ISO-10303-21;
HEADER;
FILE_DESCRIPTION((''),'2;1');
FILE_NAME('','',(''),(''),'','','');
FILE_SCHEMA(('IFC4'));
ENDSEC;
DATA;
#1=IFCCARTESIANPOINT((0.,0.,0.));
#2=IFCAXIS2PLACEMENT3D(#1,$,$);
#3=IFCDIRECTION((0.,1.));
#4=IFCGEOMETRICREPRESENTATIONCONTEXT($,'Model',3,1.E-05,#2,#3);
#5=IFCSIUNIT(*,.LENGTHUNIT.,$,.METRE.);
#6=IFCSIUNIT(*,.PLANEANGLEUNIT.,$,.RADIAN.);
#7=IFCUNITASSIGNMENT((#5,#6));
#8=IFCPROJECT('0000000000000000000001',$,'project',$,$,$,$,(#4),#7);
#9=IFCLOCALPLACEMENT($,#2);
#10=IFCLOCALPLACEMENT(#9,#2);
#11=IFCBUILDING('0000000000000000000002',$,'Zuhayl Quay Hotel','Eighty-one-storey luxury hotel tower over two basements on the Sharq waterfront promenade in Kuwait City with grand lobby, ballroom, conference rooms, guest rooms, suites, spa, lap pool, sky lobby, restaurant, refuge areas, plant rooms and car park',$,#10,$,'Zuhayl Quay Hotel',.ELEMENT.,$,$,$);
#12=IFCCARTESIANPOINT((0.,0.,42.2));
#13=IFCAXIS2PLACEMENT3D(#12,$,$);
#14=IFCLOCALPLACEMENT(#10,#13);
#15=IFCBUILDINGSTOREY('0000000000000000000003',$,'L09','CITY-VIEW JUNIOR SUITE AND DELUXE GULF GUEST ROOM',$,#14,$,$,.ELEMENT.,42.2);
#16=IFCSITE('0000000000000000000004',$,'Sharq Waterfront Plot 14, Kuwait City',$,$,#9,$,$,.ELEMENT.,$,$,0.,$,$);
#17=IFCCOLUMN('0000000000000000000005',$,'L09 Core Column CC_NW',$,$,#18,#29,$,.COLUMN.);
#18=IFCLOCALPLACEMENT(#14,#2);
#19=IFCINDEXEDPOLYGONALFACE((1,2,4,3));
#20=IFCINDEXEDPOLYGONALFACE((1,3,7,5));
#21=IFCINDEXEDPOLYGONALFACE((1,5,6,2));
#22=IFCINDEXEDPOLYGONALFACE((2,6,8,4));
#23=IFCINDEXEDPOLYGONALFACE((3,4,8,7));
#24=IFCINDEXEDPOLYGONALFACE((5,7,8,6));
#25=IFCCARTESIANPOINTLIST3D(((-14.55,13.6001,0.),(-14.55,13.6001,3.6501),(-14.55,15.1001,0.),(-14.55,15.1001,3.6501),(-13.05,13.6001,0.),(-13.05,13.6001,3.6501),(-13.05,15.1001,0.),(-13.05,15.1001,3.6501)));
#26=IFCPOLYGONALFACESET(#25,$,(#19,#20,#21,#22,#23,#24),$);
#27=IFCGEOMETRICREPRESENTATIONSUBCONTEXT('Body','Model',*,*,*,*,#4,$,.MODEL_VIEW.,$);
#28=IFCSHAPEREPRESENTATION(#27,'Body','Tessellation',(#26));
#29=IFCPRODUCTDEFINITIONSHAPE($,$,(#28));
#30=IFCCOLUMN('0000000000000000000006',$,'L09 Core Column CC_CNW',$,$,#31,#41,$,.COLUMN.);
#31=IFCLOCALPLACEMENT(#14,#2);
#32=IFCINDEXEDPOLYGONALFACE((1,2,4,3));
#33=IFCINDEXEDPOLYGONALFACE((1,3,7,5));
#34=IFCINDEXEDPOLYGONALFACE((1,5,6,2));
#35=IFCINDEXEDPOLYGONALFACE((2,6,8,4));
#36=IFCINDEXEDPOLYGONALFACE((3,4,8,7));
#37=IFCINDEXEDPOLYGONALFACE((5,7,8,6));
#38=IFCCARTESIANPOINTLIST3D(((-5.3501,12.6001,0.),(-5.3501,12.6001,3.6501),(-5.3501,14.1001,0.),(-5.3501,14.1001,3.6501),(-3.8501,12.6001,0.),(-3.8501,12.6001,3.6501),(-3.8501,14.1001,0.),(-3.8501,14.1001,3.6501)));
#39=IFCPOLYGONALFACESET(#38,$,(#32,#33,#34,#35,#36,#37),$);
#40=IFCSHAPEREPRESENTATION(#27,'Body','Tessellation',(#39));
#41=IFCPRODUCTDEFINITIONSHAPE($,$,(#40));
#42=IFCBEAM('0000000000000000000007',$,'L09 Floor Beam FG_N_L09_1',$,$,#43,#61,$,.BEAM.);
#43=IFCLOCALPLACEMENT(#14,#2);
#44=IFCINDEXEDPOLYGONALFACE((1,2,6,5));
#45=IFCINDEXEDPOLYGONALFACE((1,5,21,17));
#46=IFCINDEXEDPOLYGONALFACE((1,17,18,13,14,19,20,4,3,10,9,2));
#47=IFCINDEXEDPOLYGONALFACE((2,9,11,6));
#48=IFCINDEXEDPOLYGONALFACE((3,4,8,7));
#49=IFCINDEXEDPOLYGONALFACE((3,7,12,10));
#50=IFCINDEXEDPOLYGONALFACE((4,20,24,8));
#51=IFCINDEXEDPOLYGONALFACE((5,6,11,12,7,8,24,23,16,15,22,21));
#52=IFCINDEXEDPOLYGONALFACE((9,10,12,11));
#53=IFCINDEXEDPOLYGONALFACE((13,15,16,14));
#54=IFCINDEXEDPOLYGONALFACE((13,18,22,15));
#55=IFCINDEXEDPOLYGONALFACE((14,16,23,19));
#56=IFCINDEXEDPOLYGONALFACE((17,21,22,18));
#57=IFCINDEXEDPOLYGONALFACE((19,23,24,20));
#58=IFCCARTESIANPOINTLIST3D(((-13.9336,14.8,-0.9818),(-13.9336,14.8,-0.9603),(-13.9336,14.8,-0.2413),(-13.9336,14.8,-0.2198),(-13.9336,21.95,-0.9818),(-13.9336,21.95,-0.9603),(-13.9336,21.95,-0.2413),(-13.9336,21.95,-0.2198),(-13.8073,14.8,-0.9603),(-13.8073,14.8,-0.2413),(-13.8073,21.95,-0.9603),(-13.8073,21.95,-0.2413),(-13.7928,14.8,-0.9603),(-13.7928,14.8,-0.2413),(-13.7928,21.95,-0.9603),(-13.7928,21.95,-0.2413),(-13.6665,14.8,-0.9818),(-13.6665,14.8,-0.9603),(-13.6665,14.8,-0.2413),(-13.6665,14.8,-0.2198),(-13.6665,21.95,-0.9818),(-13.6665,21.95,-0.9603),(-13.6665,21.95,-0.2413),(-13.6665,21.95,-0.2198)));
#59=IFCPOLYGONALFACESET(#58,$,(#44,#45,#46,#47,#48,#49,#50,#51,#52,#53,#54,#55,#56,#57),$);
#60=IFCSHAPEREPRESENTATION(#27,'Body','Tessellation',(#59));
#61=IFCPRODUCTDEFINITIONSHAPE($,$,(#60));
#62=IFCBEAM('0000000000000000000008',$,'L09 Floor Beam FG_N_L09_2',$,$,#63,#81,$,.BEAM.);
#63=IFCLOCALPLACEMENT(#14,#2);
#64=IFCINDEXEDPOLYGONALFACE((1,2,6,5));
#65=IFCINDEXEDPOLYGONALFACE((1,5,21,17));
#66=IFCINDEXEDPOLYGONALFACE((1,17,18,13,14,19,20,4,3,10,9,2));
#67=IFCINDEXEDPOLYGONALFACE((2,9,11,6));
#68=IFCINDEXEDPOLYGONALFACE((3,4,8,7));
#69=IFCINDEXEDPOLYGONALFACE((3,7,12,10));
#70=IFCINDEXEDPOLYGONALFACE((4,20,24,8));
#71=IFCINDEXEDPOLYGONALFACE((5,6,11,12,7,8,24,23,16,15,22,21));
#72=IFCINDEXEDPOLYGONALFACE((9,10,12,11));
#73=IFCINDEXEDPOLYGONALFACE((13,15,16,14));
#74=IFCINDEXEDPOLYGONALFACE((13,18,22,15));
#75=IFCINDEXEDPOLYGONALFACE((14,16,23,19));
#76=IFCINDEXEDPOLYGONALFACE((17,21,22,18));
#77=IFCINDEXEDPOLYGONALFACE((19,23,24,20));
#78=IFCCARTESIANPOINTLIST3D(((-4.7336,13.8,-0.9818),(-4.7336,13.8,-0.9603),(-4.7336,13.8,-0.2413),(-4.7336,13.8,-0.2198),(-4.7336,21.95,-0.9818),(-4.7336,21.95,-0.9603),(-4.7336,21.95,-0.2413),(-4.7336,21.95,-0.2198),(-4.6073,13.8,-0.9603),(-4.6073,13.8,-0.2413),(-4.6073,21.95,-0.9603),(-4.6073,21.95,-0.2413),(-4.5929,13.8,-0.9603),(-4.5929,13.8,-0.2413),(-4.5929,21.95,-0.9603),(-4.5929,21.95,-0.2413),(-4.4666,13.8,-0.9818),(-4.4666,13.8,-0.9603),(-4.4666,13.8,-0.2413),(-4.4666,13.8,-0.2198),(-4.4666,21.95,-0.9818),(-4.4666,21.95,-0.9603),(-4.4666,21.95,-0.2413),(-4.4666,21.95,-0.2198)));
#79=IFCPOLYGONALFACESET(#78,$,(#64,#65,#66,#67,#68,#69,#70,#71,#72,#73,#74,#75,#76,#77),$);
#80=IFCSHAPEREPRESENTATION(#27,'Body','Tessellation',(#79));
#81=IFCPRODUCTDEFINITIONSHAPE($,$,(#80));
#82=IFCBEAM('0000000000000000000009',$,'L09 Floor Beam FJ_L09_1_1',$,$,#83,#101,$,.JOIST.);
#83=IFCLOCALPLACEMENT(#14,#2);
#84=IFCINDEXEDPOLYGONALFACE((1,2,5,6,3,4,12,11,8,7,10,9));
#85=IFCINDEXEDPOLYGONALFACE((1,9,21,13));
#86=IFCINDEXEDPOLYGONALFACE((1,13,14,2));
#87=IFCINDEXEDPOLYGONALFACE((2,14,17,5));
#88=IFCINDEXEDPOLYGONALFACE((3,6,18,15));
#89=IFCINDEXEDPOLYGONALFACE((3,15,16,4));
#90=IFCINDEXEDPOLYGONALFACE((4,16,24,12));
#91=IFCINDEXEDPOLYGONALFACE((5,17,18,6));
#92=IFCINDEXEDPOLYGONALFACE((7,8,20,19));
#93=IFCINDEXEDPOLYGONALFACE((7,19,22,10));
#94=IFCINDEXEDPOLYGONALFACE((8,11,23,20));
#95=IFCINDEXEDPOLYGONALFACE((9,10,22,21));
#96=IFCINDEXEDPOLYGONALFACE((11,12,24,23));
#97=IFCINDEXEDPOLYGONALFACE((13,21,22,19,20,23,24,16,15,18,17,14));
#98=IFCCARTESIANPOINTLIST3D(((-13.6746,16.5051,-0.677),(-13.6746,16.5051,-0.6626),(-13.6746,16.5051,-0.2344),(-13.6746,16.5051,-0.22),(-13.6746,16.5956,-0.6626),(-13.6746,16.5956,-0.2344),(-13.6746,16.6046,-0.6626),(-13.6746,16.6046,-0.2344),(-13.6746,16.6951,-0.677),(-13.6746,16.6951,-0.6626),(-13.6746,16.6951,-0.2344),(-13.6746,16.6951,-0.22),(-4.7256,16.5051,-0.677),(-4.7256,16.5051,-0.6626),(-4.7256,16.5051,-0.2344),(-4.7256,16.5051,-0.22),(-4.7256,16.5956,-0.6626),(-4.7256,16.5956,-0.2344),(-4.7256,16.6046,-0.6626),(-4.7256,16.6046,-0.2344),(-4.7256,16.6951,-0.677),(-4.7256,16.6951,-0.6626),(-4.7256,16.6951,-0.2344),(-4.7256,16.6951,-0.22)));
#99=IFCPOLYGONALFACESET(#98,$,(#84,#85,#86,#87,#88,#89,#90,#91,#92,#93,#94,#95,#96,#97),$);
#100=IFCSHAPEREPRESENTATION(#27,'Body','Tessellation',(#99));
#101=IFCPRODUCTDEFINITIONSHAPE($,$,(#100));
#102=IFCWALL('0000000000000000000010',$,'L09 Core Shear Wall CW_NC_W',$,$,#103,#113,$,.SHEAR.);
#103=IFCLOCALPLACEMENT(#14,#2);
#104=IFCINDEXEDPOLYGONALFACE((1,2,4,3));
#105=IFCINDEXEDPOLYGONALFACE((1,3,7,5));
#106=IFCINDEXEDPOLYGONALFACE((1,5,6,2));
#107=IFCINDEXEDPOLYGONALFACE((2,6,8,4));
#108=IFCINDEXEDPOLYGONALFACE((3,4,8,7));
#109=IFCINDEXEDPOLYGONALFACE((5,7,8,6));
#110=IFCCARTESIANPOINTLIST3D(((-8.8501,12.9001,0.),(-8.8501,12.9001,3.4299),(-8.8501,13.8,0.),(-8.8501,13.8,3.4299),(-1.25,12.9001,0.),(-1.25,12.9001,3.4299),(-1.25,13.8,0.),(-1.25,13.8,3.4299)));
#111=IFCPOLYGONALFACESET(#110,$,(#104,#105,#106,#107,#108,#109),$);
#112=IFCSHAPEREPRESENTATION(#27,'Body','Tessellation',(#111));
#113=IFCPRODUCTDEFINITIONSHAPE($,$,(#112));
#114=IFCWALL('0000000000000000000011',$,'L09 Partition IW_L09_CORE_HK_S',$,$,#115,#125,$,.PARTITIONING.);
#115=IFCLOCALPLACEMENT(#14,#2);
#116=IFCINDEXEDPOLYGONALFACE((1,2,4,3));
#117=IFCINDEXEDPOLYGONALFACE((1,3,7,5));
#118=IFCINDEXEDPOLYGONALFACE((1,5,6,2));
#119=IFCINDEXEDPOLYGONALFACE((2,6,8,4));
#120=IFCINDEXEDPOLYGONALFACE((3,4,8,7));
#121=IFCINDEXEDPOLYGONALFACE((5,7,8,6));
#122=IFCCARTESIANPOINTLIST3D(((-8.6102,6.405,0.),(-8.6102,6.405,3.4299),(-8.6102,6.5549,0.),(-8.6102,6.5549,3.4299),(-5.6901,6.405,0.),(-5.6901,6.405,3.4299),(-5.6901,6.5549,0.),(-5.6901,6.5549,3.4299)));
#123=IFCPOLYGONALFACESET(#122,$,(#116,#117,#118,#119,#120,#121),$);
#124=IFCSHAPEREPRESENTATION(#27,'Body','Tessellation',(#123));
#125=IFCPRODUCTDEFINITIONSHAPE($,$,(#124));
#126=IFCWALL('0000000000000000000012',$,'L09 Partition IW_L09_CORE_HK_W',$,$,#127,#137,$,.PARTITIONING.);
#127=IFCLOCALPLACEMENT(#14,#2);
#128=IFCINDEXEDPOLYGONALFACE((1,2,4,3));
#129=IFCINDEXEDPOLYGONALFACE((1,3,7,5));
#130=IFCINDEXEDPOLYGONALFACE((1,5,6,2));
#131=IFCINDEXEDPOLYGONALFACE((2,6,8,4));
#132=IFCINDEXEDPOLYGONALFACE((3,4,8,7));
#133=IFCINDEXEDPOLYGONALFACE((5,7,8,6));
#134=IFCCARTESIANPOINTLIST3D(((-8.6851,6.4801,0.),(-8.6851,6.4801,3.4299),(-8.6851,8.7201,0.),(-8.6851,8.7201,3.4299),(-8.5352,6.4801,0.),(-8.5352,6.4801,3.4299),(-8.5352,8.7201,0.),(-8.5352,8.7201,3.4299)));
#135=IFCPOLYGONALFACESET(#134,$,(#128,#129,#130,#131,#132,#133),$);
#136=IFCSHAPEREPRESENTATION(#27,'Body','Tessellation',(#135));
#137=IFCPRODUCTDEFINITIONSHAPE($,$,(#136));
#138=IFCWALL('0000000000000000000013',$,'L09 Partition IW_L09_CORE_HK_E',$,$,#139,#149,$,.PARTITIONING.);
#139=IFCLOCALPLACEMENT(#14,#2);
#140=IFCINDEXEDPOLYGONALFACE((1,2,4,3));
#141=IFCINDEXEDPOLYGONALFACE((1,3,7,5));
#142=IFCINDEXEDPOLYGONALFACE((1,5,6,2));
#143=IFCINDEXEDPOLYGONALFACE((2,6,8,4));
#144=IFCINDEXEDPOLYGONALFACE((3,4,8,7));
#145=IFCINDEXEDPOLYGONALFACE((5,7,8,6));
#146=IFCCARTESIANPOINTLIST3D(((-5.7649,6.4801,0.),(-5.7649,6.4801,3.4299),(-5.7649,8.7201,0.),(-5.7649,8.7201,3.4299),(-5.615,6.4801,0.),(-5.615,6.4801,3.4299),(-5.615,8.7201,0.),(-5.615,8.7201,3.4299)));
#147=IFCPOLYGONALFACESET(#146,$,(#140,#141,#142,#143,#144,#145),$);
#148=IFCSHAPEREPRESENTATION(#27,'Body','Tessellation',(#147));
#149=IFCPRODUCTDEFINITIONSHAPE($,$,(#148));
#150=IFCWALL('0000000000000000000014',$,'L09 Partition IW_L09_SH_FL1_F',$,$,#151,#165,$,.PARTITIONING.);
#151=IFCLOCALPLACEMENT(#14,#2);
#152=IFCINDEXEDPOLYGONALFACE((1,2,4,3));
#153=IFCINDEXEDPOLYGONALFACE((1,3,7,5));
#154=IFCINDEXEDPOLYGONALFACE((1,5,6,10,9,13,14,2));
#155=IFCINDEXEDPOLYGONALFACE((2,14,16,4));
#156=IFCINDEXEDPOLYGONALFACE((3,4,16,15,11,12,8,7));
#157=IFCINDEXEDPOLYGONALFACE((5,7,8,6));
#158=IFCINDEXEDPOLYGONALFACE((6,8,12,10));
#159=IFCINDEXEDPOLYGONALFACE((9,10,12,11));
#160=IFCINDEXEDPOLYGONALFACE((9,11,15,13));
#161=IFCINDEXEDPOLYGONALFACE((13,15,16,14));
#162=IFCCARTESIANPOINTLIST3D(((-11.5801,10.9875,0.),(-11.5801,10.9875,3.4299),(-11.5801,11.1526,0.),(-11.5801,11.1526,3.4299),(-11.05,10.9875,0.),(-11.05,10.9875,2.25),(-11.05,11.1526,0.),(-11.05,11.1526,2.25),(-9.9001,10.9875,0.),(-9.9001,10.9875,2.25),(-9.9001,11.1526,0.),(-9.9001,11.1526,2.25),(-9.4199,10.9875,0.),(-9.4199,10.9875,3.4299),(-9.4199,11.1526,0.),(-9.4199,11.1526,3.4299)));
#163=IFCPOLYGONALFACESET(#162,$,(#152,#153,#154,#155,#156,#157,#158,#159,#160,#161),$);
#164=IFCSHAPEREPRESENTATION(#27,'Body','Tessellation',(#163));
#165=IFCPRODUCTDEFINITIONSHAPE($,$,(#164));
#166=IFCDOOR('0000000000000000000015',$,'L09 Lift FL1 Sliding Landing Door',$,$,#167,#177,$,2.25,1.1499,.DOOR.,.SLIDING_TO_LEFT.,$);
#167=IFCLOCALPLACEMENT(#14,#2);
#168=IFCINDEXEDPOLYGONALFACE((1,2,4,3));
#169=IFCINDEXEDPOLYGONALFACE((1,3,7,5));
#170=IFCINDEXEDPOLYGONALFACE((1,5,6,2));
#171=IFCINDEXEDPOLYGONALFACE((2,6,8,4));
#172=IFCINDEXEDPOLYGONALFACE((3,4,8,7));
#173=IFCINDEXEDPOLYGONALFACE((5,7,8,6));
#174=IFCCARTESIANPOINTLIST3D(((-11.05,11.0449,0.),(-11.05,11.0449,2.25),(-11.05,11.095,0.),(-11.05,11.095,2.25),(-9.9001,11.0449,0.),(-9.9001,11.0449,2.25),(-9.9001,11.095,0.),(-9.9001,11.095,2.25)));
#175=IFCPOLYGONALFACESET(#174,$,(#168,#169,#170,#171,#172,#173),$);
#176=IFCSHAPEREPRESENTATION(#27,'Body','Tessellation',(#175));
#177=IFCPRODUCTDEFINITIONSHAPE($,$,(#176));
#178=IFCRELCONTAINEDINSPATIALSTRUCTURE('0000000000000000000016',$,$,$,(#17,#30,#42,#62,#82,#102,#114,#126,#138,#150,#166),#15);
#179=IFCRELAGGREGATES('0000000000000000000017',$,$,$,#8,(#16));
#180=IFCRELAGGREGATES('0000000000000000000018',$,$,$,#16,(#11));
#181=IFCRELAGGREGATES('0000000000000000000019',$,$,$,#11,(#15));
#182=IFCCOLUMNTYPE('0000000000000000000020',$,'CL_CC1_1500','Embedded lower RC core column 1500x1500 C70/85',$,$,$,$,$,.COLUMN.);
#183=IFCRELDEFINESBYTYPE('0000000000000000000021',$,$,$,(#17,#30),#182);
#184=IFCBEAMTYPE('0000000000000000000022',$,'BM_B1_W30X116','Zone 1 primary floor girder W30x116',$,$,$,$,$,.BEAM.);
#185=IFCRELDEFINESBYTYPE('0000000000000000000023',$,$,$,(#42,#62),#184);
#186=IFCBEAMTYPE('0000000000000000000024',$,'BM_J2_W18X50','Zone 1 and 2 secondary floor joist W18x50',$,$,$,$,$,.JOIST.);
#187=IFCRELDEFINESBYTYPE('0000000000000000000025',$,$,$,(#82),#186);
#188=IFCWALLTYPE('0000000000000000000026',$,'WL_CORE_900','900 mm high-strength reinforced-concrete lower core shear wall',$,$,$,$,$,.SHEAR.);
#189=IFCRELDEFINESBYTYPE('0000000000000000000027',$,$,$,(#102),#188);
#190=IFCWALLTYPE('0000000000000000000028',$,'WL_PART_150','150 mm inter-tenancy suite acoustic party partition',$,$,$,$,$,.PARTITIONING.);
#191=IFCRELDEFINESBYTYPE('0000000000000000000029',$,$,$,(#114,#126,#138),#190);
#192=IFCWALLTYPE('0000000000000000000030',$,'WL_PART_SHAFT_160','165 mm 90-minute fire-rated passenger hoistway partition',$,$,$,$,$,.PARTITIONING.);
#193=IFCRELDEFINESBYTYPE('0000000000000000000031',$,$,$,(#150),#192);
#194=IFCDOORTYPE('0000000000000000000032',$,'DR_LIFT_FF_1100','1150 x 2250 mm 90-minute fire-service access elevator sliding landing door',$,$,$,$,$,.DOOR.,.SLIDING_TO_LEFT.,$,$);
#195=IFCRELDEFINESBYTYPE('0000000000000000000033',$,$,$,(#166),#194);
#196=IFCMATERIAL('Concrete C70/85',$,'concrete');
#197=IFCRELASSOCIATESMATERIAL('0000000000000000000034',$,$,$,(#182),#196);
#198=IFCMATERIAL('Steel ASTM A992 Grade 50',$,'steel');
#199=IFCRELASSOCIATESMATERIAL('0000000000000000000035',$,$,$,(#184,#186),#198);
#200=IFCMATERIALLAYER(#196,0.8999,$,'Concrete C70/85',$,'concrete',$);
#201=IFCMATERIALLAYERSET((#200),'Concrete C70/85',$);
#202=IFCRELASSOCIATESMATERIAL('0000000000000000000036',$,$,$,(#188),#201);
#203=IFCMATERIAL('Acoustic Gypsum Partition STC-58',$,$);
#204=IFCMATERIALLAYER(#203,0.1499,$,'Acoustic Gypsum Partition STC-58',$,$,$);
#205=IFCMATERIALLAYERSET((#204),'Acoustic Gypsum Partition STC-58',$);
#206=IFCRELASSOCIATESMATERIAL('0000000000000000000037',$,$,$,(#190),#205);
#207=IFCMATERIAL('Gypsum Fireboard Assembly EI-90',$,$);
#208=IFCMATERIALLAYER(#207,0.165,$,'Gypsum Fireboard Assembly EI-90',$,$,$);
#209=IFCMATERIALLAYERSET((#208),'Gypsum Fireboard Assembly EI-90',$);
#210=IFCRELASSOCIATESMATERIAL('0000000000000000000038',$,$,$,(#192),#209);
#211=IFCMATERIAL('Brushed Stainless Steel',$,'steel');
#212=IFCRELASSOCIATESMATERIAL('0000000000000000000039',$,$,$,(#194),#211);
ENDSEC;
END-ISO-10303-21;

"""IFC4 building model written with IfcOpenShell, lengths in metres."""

from ifc_helpers import new_model, si_unit, direction, frame, frame_2d, origin, origin_2d, place, context, subcontext, project, spatial, rectangle, i_section, extrude, material, layer, layer_set, material_profile, profile_set, type_object, element, fill, save


model = new_model("IFC4")

# Units and contexts
model_context = context("Model", 3, precision=1e-05, world=origin(), true_north=direction((0.0, 1.0)))
body_context = subcontext(model_context, "Body", "Model", "MODEL_VIEW")
ifc_project = project(units=[si_unit("LENGTHUNIT", "METRE"), si_unit("PLANEANGLEUNIT", "RADIAN")], contexts=[model_context])

# Site, building, storey
site_placement = place(None, origin())
site = spatial("IfcSite", under=ifc_project, at=site_placement, Name="Sharq Waterfront Plot 14, Kuwait City", CompositionType="ELEMENT", RefElevation=0.0)
building_placement = place(site_placement, origin())
building = spatial("IfcBuilding", under=site, at=building_placement, Name="Zuhayl Quay Hotel", Description="Eighty-one-storey luxury hotel tower over two basements on the Sharq waterfront promenade in Kuwait City with grand lobby, ballroom, conference rooms, guest rooms, suites, spa, lap pool, sky lobby, restaurant, refuge areas, plant rooms and car park", LongName="Zuhayl Quay Hotel", CompositionType="ELEMENT")
storey_placement = place(building_placement, frame((0.0, 0.0, 42.2)))
storey = spatial("IfcBuildingStorey", under=building, at=storey_placement, Name="L09", Description="CITY-VIEW JUNIOR SUITE AND DELUXE GULF GUEST ROOM", CompositionType="ELEMENT", Elevation=42.2)

# Columns
ifc_material_1 = material(Name="Concrete C70/85", Category="concrete")
ifc_material_profile_1 = material_profile(ifc_material_1, rectangle(XDim=1.5, YDim=1.5, at=origin_2d()), Name="RC1500X1500")
ifc_profile_set_1 = profile_set([ifc_material_profile_1], Name="Concrete C70/85")
column_type = type_object("IfcColumnType", Name="CL_CC1_1500", Description="Embedded lower RC core column 1500x1500 C70/85", PredefinedType="COLUMN", material=ifc_profile_set_1)
for number, where, z_axis, x_axis, name in (
    (1, (-13.8, 14.3501, 0.0), (0.0, 0.0, 1.0), (1.0, 0.0, 0.0), "L09 Core Column CC_NW"),
    (2, (-4.6001, 13.3501, 0.0), (0.0, 0.0, 1.0), (1.0, 0.0, 0.0), "L09 Core Column CC_CNW"),
):
    element("IfcColumn", number, at=place(storey_placement, frame(where, z_axis=z_axis, x_axis=x_axis)), inside=storey, type_object=column_type, Name=name, PredefinedType="COLUMN", context=body_context, shape_type="SweptSolid", body=[
        extrude(rectangle(XDim=1.5, YDim=1.5, at=origin_2d()), origin(), (0.0, 0.0, 1.0), 3.6501),
    ])

# Beams
ifc_material_2 = material(Name="Steel ASTM A992 Grade 50", Category="steel")
ifc_material_profile_2 = material_profile(ifc_material_2, i_section(OverallWidth=0.2671, OverallDepth=0.762, WebThickness=0.0144, FlangeThickness=0.0215, at=origin_2d()), Name="W30X116")
ifc_profile_set_2 = profile_set([ifc_material_profile_2], Name="Steel ASTM A992 Grade 50")
beam_type_1 = type_object("IfcBeamType", Name="BM_B1_W30X116", Description="Zone 1 primary floor girder W30x116", PredefinedType="BEAM", material=ifc_profile_set_2)
beam_1_placement = place(storey_placement, frame((-13.8, 14.8, -0.6008), z_axis=(0.0, 1.0, 0.0), x_axis=(-1.0, 0.0, 0.0)))
element("IfcBeam", 3, at=beam_1_placement, inside=storey, type_object=beam_type_1, Name="L09 Floor Beam FG_N_L09_1", PredefinedType="BEAM", context=body_context, shape_type="SweptSolid", body=[
    extrude(i_section(OverallWidth=0.2671, OverallDepth=0.762, WebThickness=0.0144, FlangeThickness=0.0215, at=origin_2d()), origin(), (0.0, 0.0, 1.0), 7.1499),
])
beam_2_placement = place(storey_placement, frame((-4.6001, 13.8, -0.6008), z_axis=(0.0, 1.0, 0.0), x_axis=(-1.0, 0.0, 0.0)))
element("IfcBeam", 4, at=beam_2_placement, inside=storey, type_object=beam_type_1, Name="L09 Floor Beam FG_N_L09_2", PredefinedType="BEAM", context=body_context, shape_type="SweptSolid", body=[
    extrude(i_section(OverallWidth=0.2671, OverallDepth=0.762, WebThickness=0.0144, FlangeThickness=0.0215, at=origin_2d()), origin(), (0.0, 0.0, 1.0), 8.1499),
])
ifc_material_profile_3 = material_profile(ifc_material_2, i_section(OverallWidth=0.1899, OverallDepth=0.457, WebThickness=0.009, FlangeThickness=0.0144, at=origin_2d()), Name="W18X50")
ifc_profile_set_3 = profile_set([ifc_material_profile_3], Name="Steel ASTM A992 Grade 50")
beam_type_2 = type_object("IfcBeamType", Name="BM_J2_W18X50", Description="Zone 1 and 2 secondary floor joist W18x50", PredefinedType="JOIST", material=ifc_profile_set_3)
beam_3_placement = place(storey_placement, frame((-13.6746, 16.6001, -0.4485), z_axis=(1.0, 0.0, 0.0), x_axis=(0.0, 1.0, 0.0)))
element("IfcBeam", 5, at=beam_3_placement, inside=storey, type_object=beam_type_2, Name="L09 Floor Beam FJ_L09_1_1", PredefinedType="JOIST", context=body_context, shape_type="SweptSolid", body=[
    extrude(i_section(OverallWidth=0.1899, OverallDepth=0.457, WebThickness=0.009, FlangeThickness=0.0144, at=origin_2d()), origin(), (0.0, 0.0, 1.0), 8.949),
])

# Wall
ifc_layer_1 = layer(ifc_material_1, 0.8999, Name="Concrete C70/85", Category="concrete")
ifc_layer_set_1 = layer_set([ifc_layer_1], Name="Concrete C70/85")
wall_type_1 = type_object("IfcWallType", Name="WL_CORE_900", Description="900 mm high-strength reinforced-concrete lower core shear wall", PredefinedType="SHEAR", material=ifc_layer_set_1)
wall_1_placement = place(storey_placement, frame((-8.8501, 13.3501, 0.0), z_axis=(0.0, 0.0, 1.0), x_axis=(1.0, 0.0, 0.0)))
element("IfcWall", 6, at=wall_1_placement, inside=storey, type_object=wall_type_1, Name="L09 Core Shear Wall CW_NC_W", PredefinedType="SHEAR", context=body_context, shape_type="SweptSolid", body=[
    extrude(rectangle(XDim=7.6001, YDim=0.8999, at=frame_2d((3.8, 0.0))), origin(), (0.0, 0.0, 1.0), 3.4299),
])

# Shared definitions
ifc_material_3 = material(Name="Acoustic Gypsum Partition STC-58")
ifc_layer_2 = layer(ifc_material_3, 0.1499, Name="Acoustic Gypsum Partition STC-58")
ifc_layer_set_2 = layer_set([ifc_layer_2], Name="Acoustic Gypsum Partition STC-58")
wall_type_2 = type_object("IfcWallType", Name="WL_PART_150", Description="150 mm inter-tenancy suite acoustic party partition", PredefinedType="PARTITIONING", material=ifc_layer_set_2)

# Walls
wall_2_placement = place(storey_placement, frame((-8.6101, 6.48, 0.0), z_axis=(0.0, 0.0, 1.0), x_axis=(1.0, 0.0, 0.0)))
element("IfcWall", 7, at=wall_2_placement, inside=storey, type_object=wall_type_2, Name="L09 Partition IW_L09_CORE_HK_S", PredefinedType="PARTITIONING", context=body_context, shape_type="SweptSolid", body=[
    extrude(rectangle(XDim=2.9202, YDim=0.1499, at=frame_2d((1.46, 0.0))), origin(), (0.0, 0.0, 1.0), 3.4299),
])
for number, where, z_axis, x_axis, name in (
    (8, (-8.6101, 6.48, 0.0), (0.0, 0.0, 1.0), (0.0, 1.0, 0.0), "L09 Partition IW_L09_CORE_HK_W"),
    (9, (-5.6899, 6.48, 0.0), (0.0, 0.0, 1.0), (0.0, 1.0, 0.0), "L09 Partition IW_L09_CORE_HK_E"),
):
    element("IfcWall", number, at=place(storey_placement, frame(where, z_axis=z_axis, x_axis=x_axis)), inside=storey, type_object=wall_type_2, Name=name, PredefinedType="PARTITIONING", context=body_context, shape_type="SweptSolid", body=[
        extrude(rectangle(XDim=2.24, YDim=0.1499, at=frame_2d((1.1201, 0.0))), origin(), (0.0, 0.0, 1.0), 3.4299),
    ])

# Wall, opening, door
ifc_material_4 = material(Name="Gypsum Fireboard Assembly EI-90")
ifc_layer_3 = layer(ifc_material_4, 0.165, Name="Gypsum Fireboard Assembly EI-90")
ifc_layer_set_3 = layer_set([ifc_layer_3], Name="Gypsum Fireboard Assembly EI-90")
wall_type_3 = type_object("IfcWallType", Name="WL_PART_SHAFT_160", Description="165 mm 90-minute fire-rated passenger hoistway partition", PredefinedType="PARTITIONING", material=ifc_layer_set_3)
wall_3_placement = place(storey_placement, frame((-11.5801, 11.0701, 0.0), z_axis=(0.0, 0.0, 1.0), x_axis=(1.0, 0.0, 0.0)))
wall_3 = element("IfcWall", 10, at=wall_3_placement, inside=storey, type_object=wall_type_3, Name="L09 Partition IW_L09_SH_FL1_F", PredefinedType="PARTITIONING", context=body_context, shape_type="SweptSolid", body=[
    extrude(rectangle(XDim=2.1602, YDim=0.165, at=frame_2d((1.0801, 0.0))), origin(), (0.0, 0.0, 1.0), 3.4299),
])
opening_1_placement = place(wall_3_placement, frame((0.53, 0.0, 0.0)))
opening_1 = element("IfcOpeningElement", 11, at=opening_1_placement, cuts=wall_3, PredefinedType="OPENING", context=body_context, shape_type="SweptSolid", body=[
    extrude(rectangle(XDim=1.1499, YDim=2.25, at=frame_2d((0.575, 1.125))), frame((0.0, 0.0925, 0.0), z_axis=(0.0, -1.0, 0.0), x_axis=(1.0, 0.0, 0.0)), (0.0, 0.0, 1.0), 0.1851),
])
ifc_material_5 = material(Name="Brushed Stainless Steel", Category="steel")
door_type_1 = type_object("IfcDoorType", Name="DR_LIFT_FF_1100", Description="1150 x 2250 mm 90-minute fire-service access elevator sliding landing door", OperationType="SLIDING_TO_LEFT", PredefinedType="DOOR", material=ifc_material_5)
door_1_placement = place(opening_1_placement, origin())
door_1 = element("IfcDoor", 12, at=door_1_placement, inside=storey, type_object=door_type_1, Name="L09 Lift FL1 Sliding Landing Door", OperationType="SLIDING_TO_LEFT", OverallHeight=2.25, OverallWidth=1.1499, PredefinedType="DOOR", context=body_context, shape_type="SweptSolid", body=[
    extrude(rectangle(XDim=1.1499, YDim=2.25, at=frame_2d((0.575, 1.125))), frame((0.0, 0.0249, 0.0), z_axis=(0.0, -1.0, 0.0), x_axis=(1.0, 0.0, 0.0)), (0.0, 0.0, 1.0), 0.05),
])
fill(opening_1, door_1)

save(model, "model.ifc")
